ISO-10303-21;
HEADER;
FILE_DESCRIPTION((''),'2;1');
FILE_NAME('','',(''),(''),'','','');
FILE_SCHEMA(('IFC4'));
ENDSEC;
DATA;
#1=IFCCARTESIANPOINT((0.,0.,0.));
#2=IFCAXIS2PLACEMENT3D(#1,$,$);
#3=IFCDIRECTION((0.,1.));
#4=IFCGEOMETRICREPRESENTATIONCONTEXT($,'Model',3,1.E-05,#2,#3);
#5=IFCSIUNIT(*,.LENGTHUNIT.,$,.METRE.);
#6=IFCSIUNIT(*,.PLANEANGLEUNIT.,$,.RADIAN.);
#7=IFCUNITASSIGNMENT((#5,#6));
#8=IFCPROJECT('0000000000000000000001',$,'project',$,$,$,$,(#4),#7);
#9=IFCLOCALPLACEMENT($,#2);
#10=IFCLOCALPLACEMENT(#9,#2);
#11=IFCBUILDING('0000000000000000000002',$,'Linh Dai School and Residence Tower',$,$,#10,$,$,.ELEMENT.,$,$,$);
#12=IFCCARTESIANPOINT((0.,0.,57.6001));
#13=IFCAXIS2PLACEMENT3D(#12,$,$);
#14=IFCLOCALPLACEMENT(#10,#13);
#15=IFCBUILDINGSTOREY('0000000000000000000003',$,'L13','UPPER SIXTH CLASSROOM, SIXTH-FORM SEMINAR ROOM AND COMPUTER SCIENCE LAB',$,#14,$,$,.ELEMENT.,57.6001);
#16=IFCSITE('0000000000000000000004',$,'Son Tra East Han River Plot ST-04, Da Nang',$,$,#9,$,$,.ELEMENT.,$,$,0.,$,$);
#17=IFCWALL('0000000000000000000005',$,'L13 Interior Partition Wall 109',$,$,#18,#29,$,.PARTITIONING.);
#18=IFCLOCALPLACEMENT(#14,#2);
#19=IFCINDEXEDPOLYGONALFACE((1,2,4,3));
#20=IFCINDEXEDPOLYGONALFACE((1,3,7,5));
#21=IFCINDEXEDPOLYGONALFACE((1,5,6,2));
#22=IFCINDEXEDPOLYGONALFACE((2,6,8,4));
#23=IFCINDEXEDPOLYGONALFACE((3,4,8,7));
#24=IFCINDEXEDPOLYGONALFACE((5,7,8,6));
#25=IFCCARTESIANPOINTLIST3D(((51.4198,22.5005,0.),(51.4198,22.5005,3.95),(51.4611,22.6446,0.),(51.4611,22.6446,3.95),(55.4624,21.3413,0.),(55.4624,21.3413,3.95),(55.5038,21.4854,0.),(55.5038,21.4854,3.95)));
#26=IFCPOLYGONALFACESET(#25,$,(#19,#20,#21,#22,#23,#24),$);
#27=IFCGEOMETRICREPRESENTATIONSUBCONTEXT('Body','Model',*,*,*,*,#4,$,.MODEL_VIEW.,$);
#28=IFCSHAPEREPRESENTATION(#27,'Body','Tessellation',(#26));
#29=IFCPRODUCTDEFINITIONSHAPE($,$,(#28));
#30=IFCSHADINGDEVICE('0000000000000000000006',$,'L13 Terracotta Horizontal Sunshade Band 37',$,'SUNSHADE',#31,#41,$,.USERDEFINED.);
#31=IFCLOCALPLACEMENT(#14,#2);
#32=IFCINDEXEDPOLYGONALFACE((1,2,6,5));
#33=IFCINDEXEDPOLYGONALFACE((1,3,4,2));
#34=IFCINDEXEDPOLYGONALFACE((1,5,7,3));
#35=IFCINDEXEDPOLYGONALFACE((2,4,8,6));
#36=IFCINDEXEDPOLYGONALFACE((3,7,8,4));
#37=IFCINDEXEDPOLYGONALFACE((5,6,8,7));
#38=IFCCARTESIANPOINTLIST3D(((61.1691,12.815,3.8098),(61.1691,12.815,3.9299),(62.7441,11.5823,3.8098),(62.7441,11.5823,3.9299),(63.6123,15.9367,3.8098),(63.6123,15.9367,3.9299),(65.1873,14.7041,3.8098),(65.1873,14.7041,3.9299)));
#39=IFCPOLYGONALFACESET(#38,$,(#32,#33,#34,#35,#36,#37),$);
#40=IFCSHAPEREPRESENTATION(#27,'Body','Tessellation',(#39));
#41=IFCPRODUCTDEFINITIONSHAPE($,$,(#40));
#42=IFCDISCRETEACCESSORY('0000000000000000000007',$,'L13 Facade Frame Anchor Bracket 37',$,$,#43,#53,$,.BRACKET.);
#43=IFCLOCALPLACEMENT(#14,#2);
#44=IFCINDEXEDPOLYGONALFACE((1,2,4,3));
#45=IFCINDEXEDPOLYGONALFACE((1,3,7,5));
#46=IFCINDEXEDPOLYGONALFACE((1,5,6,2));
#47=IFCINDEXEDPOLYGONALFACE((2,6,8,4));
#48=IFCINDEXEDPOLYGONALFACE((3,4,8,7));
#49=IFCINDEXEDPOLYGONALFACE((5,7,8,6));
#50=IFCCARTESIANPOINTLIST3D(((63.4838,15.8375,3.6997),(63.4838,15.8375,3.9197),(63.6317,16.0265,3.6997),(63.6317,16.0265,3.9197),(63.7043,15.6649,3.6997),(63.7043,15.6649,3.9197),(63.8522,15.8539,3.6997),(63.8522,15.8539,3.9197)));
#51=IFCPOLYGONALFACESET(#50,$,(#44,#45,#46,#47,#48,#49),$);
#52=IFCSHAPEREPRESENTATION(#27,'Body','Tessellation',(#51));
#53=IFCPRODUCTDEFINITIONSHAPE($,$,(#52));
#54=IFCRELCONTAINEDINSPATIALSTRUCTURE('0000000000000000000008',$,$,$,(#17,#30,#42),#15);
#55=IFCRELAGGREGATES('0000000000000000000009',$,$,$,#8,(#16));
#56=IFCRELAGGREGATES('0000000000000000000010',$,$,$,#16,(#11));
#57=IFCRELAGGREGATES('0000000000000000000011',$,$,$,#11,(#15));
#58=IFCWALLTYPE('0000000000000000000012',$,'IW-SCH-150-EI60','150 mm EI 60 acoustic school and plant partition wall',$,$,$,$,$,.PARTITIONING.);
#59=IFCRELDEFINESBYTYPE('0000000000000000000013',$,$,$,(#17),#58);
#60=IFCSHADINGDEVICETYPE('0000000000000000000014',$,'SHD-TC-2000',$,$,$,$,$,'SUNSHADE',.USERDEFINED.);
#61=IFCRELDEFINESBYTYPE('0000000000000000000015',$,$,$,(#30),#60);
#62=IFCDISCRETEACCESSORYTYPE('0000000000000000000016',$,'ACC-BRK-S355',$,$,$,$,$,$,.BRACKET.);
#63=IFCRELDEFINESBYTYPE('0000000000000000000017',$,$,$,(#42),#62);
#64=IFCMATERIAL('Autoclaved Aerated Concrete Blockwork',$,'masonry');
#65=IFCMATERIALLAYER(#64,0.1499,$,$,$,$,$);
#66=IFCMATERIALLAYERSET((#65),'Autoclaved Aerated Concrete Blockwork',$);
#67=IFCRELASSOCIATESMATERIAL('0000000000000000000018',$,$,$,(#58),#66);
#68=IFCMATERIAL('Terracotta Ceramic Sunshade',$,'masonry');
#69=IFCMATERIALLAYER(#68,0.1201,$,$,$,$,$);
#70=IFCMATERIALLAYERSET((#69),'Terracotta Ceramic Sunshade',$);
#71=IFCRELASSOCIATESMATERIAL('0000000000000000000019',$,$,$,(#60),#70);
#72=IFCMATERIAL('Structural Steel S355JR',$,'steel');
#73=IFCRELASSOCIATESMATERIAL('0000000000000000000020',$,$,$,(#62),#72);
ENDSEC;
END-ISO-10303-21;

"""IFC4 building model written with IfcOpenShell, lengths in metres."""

from ifc_helpers import new_model, si_unit, direction, frame, frame_2d, origin, origin_2d, place, context, subcontext, project, spatial, rectangle, extrude, source, transform, mapped, material, layer, layer_set, type_object, element, save


model = new_model("IFC4")

# Units and contexts
model_context = context("Model", 3, precision=1e-05, world=origin(), true_north=direction((0.0, 1.0)))
body_context = subcontext(model_context, "Body", "Model", "MODEL_VIEW")
ifc_project = project(units=[si_unit("LENGTHUNIT", "METRE"), si_unit("PLANEANGLEUNIT", "RADIAN")], contexts=[model_context])

# Site, building, storey
site_placement = place(None, origin())
site = spatial("IfcSite", under=ifc_project, at=site_placement, Name="Son Tra East Han River Plot ST-04, Da Nang", CompositionType="ELEMENT", RefElevation=0.0)
building_placement = place(site_placement, origin())
building = spatial("IfcBuilding", under=site, at=building_placement, Name="Linh Dai School and Residence Tower", CompositionType="ELEMENT")
storey_placement = place(building_placement, frame((0.0, 0.0, 57.6001)))
storey = spatial("IfcBuildingStorey", under=building, at=storey_placement, Name="L13", Description="UPPER SIXTH CLASSROOM, SIXTH-FORM SEMINAR ROOM AND COMPUTER SCIENCE LAB", CompositionType="ELEMENT", Elevation=57.6001)

# Shared definitions
ifc_material_1 = material(Name="Structural Steel S355JR", Category="steel")

# Shared definitions
ifc_material_2 = material(Name="Autoclaved Aerated Concrete Blockwork", Category="masonry")
ifc_layer_1 = layer(ifc_material_2, 0.1499)
ifc_layer_set_1 = layer_set([ifc_layer_1], Name="Autoclaved Aerated Concrete Blockwork")
wall_type_1 = type_object("IfcWallType", Name="IW-SCH-150-EI60", Description="150 mm EI 60 acoustic school and plant partition wall", PredefinedType="PARTITIONING", material=ifc_layer_set_1)

# Wall
wall_1_placement = place(storey_placement, frame((51.4404, 22.5725, 0.0), z_axis=(0.0, 0.0, 1.0), x_axis=(0.961265, -0.275626, 0.0)))
element("IfcWall", 1, at=wall_1_placement, inside=storey, type_object=wall_type_1, Name="L13 Interior Partition Wall 109", PredefinedType="PARTITIONING", context=body_context, shape_type="SweptSolid", body=[
    extrude(rectangle(XDim=4.2056, YDim=0.1499, at=frame_2d((2.1028, 0.0))), origin(), (0.0, 0.0, 1.0), 3.95),
])

# Shading device
ifc_material_3 = material(Name="Terracotta Ceramic Sunshade", Category="masonry")
ifc_layer_2 = layer(ifc_material_3, 0.1201)
ifc_layer_set_2 = layer_set([ifc_layer_2], Name="Terracotta Ceramic Sunshade")
shading_device_type = type_object("IfcShadingDeviceType", Name="SHD-TC-2000", ElementType="SUNSHADE", PredefinedType="USERDEFINED", material=ifc_layer_set_2)
shared_shape_1 = source(origin(), body_context, "Body", "SweptSolid", [
    extrude(rectangle(XDim=3.9641, YDim=2.0, at=origin_2d()), origin(), (0.0, 0.0, 1.0), 0.1201),
])
shading_device_placement = place(storey_placement, frame((63.1782, 13.7595, 3.8098), z_axis=(0.0, 0.0, 1.0), x_axis=(-0.616319, -0.787496, 0.0)))
element("IfcShadingDevice", 2, at=shading_device_placement, inside=storey, type_object=shading_device_type, Name="L13 Terracotta Horizontal Sunshade Band 37", ObjectType="SUNSHADE", PredefinedType="USERDEFINED", context=body_context, shape_type="MappedRepresentation", body=[
    mapped(shared_shape_1, transform((0.0, 0.0, 0.0), x_axis=(1.0, 0.0, 0.0), y_axis=(0.0, 1.0, 0.0), z_axis=(0.0, 0.0, 1.0), scale=1.0)),
])

# Discrete accessory
discrete_accessory_type = type_object("IfcDiscreteAccessoryType", Name="ACC-BRK-S355", PredefinedType="BRACKET", material=ifc_material_1)
shared_shape_2 = source(origin(), body_context, "Body", "SweptSolid", [
    extrude(rectangle(XDim=0.28, YDim=0.24, at=origin_2d()), origin(), (0.0, 0.0, 1.0), 0.22),
])
discrete_accessory_placement = place(storey_placement, frame((63.668, 15.8457, 3.6997), z_axis=(0.0, 0.0, 1.0), x_axis=(0.787496, -0.616319, 0.0)))
element("IfcDiscreteAccessory", 3, at=discrete_accessory_placement, inside=storey, type_object=discrete_accessory_type, Name="L13 Facade Frame Anchor Bracket 37", PredefinedType="BRACKET", context=body_context, shape_type="MappedRepresentation", body=[
    mapped(shared_shape_2, transform((0.0, 0.0, 0.0), x_axis=(1.0, 0.0, 0.0), y_axis=(0.0, 1.0, 0.0), z_axis=(0.0, 0.0, 1.0), scale=1.0)),
])

save(model, "model.ifc")
